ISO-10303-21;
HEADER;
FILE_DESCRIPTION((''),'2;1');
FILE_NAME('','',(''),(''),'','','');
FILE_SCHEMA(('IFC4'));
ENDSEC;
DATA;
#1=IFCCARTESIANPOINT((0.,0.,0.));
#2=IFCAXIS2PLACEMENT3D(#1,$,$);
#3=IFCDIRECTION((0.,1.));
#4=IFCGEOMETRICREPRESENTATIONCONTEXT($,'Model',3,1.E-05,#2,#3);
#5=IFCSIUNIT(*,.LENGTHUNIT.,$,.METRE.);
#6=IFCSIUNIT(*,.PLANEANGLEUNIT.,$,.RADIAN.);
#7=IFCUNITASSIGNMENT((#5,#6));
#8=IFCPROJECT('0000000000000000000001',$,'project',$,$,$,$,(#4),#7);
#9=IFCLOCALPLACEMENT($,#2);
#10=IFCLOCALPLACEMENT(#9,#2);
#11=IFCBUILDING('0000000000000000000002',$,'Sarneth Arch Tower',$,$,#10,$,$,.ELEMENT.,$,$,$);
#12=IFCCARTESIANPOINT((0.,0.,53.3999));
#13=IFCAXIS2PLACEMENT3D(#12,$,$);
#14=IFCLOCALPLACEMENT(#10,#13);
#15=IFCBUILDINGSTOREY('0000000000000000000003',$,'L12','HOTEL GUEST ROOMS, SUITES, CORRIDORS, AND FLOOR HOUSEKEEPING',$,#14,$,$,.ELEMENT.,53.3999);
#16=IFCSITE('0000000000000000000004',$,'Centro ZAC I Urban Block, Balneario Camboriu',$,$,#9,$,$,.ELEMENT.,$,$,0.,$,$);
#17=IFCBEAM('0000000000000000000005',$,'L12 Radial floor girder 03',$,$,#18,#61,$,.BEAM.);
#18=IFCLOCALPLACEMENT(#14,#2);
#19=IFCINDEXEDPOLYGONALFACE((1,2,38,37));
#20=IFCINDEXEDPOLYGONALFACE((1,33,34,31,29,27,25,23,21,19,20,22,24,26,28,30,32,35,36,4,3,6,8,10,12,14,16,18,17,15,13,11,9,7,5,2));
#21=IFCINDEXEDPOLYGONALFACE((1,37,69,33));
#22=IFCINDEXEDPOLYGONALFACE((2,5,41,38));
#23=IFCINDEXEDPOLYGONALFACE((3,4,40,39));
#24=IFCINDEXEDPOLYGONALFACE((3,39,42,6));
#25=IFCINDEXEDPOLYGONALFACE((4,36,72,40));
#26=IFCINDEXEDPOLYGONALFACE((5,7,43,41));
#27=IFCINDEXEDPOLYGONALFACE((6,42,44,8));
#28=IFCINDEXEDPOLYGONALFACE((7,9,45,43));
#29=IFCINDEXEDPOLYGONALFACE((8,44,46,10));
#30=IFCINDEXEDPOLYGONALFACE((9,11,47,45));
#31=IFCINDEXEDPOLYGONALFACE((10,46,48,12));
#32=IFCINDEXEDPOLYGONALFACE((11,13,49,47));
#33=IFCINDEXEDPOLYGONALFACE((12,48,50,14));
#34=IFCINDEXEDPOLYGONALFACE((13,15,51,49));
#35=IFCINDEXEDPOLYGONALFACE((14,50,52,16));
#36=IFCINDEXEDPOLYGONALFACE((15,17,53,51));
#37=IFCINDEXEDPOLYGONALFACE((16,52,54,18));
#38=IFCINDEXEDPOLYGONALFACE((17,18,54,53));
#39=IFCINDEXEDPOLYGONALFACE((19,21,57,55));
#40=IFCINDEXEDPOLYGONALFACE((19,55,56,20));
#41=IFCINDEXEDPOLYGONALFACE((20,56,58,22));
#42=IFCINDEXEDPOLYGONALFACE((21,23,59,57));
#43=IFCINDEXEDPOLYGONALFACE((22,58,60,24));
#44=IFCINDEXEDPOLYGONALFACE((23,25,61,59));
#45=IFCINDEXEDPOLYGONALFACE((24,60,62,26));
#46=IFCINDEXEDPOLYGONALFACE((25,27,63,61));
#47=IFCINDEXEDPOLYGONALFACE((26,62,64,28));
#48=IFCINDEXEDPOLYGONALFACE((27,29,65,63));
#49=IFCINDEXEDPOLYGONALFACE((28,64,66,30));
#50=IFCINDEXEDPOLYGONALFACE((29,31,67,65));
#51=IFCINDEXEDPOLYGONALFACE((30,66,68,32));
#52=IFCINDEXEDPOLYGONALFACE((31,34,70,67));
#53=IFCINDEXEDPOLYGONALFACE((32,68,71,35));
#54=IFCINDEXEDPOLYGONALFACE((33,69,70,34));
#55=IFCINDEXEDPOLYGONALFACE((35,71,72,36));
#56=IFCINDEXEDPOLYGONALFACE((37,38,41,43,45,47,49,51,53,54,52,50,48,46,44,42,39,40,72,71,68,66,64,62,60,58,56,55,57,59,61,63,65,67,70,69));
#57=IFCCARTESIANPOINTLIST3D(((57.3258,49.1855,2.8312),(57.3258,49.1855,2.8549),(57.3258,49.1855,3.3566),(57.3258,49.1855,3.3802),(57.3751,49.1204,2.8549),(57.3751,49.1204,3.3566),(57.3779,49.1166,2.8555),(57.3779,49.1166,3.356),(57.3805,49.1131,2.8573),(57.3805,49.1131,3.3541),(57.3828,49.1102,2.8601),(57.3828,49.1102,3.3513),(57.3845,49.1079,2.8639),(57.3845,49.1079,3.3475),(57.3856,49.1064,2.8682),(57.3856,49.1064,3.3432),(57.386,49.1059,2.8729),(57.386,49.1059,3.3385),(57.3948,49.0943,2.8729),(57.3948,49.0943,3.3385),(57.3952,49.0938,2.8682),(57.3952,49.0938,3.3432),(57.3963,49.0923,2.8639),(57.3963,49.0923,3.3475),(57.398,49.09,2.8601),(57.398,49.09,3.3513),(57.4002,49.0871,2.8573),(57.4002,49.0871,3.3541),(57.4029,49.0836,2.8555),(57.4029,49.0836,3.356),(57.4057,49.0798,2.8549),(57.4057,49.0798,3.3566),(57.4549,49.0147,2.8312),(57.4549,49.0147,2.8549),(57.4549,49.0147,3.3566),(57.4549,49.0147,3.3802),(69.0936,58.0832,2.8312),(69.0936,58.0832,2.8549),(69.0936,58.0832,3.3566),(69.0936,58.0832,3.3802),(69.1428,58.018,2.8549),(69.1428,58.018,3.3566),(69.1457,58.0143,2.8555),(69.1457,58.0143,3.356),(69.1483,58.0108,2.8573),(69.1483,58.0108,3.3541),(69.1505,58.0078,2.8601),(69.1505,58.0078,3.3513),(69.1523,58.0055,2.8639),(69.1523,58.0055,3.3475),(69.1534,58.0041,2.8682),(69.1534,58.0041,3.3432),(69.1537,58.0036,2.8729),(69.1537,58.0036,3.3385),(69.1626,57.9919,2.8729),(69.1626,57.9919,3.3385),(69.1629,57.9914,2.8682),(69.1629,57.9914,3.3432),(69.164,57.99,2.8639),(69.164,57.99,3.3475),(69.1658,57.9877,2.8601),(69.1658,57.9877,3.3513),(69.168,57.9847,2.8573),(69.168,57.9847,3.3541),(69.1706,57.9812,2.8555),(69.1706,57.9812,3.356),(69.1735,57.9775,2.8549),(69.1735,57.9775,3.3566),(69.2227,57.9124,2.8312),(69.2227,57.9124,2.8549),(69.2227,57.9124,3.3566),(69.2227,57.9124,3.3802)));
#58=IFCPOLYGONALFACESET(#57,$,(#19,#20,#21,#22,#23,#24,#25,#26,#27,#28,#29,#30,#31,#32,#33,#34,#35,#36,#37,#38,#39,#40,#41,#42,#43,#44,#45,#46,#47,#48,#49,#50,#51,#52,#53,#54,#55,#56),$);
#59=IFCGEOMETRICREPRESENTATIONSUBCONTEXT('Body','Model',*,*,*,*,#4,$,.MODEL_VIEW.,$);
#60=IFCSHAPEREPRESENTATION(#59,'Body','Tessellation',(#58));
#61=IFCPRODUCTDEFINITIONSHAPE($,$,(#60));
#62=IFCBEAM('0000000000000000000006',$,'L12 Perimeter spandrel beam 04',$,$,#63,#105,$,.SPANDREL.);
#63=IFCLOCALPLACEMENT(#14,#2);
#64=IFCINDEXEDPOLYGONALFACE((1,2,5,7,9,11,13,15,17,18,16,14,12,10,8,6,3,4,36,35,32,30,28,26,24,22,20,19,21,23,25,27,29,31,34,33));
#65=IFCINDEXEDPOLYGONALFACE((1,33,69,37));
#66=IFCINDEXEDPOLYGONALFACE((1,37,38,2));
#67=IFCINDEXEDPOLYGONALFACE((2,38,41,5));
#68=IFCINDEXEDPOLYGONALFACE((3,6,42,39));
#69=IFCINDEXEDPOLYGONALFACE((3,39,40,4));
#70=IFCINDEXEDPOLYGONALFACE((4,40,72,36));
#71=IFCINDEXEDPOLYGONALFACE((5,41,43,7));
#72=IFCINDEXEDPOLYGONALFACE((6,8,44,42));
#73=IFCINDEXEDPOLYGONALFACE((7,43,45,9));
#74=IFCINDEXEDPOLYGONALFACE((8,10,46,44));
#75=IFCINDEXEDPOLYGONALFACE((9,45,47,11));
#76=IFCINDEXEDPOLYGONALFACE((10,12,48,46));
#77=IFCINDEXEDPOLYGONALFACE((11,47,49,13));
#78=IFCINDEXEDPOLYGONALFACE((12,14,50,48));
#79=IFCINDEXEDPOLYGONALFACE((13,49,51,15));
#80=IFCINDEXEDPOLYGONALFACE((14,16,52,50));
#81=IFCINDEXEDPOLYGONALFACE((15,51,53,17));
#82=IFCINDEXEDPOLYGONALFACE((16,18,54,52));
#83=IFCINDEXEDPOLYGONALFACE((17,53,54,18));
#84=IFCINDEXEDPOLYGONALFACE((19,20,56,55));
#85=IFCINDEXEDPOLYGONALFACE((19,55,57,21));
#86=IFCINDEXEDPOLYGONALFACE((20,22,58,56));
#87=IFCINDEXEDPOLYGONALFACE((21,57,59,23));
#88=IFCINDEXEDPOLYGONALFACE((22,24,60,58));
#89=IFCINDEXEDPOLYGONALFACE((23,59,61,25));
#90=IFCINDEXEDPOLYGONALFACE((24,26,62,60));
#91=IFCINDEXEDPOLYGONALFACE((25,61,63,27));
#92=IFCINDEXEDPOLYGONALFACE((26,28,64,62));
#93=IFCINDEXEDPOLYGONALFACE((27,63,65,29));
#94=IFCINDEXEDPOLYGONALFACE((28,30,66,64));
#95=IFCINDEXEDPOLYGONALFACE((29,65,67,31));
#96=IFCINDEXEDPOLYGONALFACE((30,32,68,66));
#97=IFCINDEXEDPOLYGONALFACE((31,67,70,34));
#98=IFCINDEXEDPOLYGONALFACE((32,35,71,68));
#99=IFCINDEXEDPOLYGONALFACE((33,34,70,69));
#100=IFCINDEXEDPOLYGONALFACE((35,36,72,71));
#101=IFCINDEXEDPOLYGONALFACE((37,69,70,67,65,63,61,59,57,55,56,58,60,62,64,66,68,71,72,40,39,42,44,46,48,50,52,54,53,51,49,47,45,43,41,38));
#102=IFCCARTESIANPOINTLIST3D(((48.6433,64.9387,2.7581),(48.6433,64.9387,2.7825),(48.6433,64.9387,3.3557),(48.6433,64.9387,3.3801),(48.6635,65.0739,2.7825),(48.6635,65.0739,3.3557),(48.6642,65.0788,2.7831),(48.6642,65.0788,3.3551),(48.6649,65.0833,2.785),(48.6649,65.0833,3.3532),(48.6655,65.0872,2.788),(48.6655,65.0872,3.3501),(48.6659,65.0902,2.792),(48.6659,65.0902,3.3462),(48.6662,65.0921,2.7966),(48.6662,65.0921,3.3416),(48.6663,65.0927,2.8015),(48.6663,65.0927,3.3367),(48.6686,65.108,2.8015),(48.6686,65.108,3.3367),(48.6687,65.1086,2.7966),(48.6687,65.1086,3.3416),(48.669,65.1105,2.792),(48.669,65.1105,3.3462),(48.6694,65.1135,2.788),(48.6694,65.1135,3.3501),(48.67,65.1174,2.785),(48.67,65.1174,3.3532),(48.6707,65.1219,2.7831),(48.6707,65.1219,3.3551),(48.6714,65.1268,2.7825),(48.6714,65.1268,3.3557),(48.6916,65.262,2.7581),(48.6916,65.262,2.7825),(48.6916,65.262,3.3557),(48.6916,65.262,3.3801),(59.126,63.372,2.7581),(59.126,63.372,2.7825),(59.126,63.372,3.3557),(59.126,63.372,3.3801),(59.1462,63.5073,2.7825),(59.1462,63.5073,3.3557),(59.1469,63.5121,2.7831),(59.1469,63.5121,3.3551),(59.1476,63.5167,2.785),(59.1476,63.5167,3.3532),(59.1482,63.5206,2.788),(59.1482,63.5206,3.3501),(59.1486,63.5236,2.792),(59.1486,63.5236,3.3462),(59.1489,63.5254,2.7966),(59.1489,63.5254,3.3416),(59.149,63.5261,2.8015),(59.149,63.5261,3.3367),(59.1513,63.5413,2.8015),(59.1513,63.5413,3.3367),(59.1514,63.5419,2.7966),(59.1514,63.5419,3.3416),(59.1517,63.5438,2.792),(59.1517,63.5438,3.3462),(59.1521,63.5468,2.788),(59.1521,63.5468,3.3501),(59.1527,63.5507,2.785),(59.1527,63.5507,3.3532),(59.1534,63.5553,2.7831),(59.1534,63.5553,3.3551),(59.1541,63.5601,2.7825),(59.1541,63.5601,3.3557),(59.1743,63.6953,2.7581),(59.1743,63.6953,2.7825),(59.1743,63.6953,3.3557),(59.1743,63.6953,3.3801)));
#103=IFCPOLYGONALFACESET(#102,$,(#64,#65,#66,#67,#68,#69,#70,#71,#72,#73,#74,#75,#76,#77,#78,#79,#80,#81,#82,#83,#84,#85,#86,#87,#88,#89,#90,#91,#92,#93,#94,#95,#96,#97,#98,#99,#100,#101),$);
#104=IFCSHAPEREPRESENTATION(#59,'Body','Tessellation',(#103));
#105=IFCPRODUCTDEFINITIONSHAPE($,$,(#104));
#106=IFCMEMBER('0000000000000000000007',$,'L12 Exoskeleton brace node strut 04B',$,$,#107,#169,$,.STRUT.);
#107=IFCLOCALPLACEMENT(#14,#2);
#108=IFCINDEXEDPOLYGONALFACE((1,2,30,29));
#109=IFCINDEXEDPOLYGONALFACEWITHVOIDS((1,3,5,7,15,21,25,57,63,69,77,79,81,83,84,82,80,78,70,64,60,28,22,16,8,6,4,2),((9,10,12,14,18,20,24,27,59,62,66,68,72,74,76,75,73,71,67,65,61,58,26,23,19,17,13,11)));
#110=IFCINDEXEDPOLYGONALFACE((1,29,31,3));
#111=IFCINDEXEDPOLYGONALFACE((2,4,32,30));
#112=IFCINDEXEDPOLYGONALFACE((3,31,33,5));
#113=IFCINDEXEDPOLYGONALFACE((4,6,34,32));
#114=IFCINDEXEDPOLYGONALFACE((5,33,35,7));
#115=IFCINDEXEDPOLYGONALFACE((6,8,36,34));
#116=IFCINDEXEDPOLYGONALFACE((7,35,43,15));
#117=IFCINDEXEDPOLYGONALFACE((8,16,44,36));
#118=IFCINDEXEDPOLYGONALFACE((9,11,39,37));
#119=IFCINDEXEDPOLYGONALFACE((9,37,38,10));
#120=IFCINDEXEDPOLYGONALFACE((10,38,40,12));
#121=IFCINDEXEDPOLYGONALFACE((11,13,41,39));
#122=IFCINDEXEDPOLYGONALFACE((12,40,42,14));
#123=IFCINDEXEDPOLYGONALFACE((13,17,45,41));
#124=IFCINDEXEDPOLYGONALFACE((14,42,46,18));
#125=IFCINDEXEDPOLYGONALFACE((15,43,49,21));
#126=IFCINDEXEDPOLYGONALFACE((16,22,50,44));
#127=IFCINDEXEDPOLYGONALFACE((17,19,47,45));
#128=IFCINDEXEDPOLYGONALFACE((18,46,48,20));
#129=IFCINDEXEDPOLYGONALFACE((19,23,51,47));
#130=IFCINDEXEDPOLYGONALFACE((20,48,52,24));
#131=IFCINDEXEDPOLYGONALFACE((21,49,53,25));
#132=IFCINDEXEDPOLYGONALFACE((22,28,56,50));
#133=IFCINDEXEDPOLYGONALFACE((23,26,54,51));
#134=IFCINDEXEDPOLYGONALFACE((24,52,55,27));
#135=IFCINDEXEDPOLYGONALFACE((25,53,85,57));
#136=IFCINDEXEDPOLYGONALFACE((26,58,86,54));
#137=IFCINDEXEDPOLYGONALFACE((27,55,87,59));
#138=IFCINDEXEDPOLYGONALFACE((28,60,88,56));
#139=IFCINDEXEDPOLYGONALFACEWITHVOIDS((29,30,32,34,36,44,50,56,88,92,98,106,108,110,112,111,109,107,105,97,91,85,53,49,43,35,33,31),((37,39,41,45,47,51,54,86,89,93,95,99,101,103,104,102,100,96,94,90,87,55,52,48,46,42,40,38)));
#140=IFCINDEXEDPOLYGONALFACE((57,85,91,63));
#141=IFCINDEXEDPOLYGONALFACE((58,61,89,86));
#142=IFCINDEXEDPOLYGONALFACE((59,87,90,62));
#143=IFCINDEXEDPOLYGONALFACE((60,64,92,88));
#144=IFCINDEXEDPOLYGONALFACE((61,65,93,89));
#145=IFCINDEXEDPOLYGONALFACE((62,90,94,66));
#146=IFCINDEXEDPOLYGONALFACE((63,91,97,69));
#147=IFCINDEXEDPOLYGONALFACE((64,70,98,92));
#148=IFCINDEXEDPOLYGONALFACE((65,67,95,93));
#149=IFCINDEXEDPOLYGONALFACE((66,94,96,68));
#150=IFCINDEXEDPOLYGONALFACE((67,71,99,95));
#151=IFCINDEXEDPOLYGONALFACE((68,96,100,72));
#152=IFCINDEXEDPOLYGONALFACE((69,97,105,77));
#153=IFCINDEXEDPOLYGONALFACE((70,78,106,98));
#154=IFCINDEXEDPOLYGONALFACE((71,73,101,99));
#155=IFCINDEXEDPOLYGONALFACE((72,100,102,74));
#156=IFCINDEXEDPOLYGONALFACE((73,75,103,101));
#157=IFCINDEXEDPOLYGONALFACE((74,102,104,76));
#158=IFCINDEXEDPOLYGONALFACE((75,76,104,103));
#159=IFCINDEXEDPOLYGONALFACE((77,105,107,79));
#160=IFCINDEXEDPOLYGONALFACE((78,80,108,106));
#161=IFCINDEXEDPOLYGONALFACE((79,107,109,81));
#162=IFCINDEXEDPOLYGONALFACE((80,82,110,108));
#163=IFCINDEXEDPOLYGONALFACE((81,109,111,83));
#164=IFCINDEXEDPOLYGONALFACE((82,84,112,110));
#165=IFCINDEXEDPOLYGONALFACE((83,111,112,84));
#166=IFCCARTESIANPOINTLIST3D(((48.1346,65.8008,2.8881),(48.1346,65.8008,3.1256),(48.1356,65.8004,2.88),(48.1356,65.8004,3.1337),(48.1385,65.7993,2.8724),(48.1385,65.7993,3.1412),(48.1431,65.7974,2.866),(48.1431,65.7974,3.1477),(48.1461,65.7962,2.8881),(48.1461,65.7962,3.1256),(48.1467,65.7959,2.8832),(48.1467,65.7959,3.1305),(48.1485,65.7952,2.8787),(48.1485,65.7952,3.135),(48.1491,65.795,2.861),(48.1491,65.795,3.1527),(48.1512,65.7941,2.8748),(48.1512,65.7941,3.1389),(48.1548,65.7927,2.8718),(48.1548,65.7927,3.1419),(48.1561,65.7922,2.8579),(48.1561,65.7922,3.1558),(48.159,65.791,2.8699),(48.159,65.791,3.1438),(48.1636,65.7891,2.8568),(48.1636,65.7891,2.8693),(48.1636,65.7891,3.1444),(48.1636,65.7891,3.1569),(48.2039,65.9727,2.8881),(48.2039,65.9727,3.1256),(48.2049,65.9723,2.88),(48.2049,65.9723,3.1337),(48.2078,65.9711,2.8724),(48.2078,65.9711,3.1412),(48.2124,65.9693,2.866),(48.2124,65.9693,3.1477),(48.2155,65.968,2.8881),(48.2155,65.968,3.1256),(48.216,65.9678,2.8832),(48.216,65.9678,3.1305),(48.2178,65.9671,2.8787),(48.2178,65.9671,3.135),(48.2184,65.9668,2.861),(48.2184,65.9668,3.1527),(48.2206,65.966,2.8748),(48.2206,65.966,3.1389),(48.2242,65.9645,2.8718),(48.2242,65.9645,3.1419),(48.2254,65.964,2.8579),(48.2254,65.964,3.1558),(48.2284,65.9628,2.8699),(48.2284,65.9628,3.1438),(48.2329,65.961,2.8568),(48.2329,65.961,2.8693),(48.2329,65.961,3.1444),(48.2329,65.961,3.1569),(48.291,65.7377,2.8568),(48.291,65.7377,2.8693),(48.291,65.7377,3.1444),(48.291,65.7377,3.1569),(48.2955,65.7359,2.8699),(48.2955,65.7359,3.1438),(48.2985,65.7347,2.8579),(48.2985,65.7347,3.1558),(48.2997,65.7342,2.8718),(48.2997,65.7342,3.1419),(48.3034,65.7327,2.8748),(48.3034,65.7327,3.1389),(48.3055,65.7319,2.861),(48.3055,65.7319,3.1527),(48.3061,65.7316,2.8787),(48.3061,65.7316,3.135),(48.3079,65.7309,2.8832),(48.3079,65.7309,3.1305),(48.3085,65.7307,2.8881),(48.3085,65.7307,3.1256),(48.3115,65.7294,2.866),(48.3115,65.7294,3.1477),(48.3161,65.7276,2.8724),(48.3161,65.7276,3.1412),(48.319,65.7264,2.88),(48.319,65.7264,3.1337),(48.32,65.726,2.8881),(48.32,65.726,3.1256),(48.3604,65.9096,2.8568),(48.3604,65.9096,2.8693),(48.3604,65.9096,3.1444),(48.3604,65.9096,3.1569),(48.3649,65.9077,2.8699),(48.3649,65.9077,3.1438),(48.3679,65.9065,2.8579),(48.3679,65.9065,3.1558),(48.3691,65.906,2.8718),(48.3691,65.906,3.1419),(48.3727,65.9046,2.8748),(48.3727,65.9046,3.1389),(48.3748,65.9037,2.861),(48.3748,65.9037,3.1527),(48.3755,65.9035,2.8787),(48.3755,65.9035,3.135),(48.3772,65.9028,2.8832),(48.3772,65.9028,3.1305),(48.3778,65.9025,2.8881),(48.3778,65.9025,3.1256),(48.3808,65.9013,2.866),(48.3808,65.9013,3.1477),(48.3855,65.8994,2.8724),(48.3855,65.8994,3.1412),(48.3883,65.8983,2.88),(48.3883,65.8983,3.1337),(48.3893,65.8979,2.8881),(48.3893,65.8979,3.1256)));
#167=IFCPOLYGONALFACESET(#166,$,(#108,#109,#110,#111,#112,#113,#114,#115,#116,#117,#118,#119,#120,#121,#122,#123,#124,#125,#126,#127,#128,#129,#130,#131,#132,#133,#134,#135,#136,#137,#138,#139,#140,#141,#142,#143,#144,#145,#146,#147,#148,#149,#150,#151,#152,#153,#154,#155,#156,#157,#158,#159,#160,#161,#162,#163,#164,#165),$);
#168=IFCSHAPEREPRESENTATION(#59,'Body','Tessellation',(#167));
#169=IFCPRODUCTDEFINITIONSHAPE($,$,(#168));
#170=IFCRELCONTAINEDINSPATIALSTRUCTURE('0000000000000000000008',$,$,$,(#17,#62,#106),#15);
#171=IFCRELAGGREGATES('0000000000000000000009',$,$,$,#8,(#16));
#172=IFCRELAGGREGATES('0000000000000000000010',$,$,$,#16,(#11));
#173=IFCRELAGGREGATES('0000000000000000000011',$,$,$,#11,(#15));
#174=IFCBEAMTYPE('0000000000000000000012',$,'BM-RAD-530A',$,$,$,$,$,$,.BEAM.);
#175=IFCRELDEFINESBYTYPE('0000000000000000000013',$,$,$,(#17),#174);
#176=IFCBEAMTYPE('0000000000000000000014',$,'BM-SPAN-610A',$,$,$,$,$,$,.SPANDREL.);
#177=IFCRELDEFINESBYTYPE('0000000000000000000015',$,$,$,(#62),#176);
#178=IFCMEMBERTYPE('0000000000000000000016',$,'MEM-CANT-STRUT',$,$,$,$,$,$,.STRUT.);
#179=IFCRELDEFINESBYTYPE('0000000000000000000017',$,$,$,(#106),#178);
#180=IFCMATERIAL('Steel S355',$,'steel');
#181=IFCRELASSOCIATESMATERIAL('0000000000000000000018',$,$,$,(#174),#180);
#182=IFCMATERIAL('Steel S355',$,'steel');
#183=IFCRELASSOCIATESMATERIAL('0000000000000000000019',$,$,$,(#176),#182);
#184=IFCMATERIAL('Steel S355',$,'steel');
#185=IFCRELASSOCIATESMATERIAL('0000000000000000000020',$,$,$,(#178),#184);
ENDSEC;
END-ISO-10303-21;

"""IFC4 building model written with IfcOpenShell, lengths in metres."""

from ifc_helpers import new_model, si_unit, direction, frame, origin, origin_2d, place, context, subcontext, project, spatial, hollow_rectangle, i_section, extrude, material, material_profile, profile_set, type_object, element, save


model = new_model("IFC4")

# Units and contexts
model_context = context("Model", 3, precision=1e-05, world=origin(), true_north=direction((0.0, 1.0)))
body_context = subcontext(model_context, "Body", "Model", "MODEL_VIEW")
ifc_project = project(units=[si_unit("LENGTHUNIT", "METRE"), si_unit("PLANEANGLEUNIT", "RADIAN")], contexts=[model_context])

# Site, building, storey
site_placement = place(None, origin())
site = spatial("IfcSite", under=ifc_project, at=site_placement, Name="Centro ZAC I Urban Block, Balneario Camboriu", CompositionType="ELEMENT", RefElevation=0.0)
building_placement = place(site_placement, origin())
building = spatial("IfcBuilding", under=site, at=building_placement, Name="Sarneth Arch Tower", CompositionType="ELEMENT")
storey_placement = place(building_placement, frame((0.0, 0.0, 53.3999)))
storey = spatial("IfcBuildingStorey", under=building, at=storey_placement, Name="L12", Description="HOTEL GUEST ROOMS, SUITES, CORRIDORS, AND FLOOR HOUSEKEEPING", CompositionType="ELEMENT", Elevation=53.3999)

# Beams
ifc_material_1 = material(Name="Steel S355", Category="steel")
ifc_material_profile_1 = material_profile(ifc_material_1, i_section(OverallWidth=0.2141, OverallDepth=0.5491, WebThickness=0.0146, FlangeThickness=0.0237, FilletRadius=0.0181, at=origin_2d()), Name="W530x138")
ifc_profile_set_1 = profile_set([ifc_material_profile_1], Name="Steel S355")
beam_type_1 = type_object("IfcBeamType", Name="BM-RAD-530A", PredefinedType="BEAM", material=ifc_profile_set_1)
beam_1_placement = place(storey_placement, frame((57.3904, 49.1001, 3.1057), z_axis=(0.797657, 0.603112, 0.0), x_axis=(-0.603112, 0.797657, 0.0)))
element("IfcBeam", 1, at=beam_1_placement, inside=storey, type_object=beam_type_1, Name="L12 Radial floor girder 03", PredefinedType="BEAM", context=body_context, shape_type="SweptSolid", body=[
    extrude(i_section(OverallWidth=0.2141, OverallDepth=0.5491, WebThickness=0.0146, FlangeThickness=0.0237, FilletRadius=0.0181, at=origin_2d()), origin(), (0.0, 0.0, 1.0), 14.7529),
])
ifc_material_2 = material(Name="Steel S355", Category="steel")
ifc_material_profile_2 = material_profile(ifc_material_2, i_section(OverallWidth=0.3269, OverallDepth=0.6221, WebThickness=0.0154, FlangeThickness=0.0244, FilletRadius=0.019, at=origin_2d()), Name="W610x195")
ifc_profile_set_2 = profile_set([ifc_material_profile_2], Name="Steel S355")
beam_type_2 = type_object("IfcBeamType", Name="BM-SPAN-610A", PredefinedType="SPANDREL", material=ifc_profile_set_2)
beam_2_placement = place(storey_placement, frame((59.1501, 63.5337, 3.0691), z_axis=(-0.989016, 0.14781, 0.0), x_axis=(-0.14781, -0.989016, 0.0)))
element("IfcBeam", 2, at=beam_2_placement, inside=storey, type_object=beam_type_2, Name="L12 Perimeter spandrel beam 04", PredefinedType="SPANDREL", context=body_context, shape_type="SweptSolid", body=[
    extrude(i_section(OverallWidth=0.3269, OverallDepth=0.6221, WebThickness=0.0154, FlangeThickness=0.0244, FilletRadius=0.019, at=origin_2d()), origin(), (0.0, 0.0, 1.0), 10.5991),
])

# Member
ifc_material_3 = material(Name="Steel S355", Category="steel")
ifc_material_profile_3 = material_profile(ifc_material_3, hollow_rectangle(XDim=0.2, YDim=0.3, WallThickness=0.0125, InnerFilletRadius=0.0188, OuterFilletRadius=0.0312, at=origin_2d()), Name="RHS300x200x12.5")
ifc_profile_set_3 = profile_set([ifc_material_profile_3], Name="Steel S355")
member_type_1 = type_object("IfcMemberType", Name="MEM-CANT-STRUT", PredefinedType="STRUT", material=ifc_profile_set_3)
member_1_placement = place(storey_placement, frame((48.2273, 65.7634, 3.0068), z_axis=(0.374115, 0.927383, 0.0), x_axis=(-0.927383, 0.374115, 0.0)))
element("IfcMember", 3, at=member_1_placement, inside=storey, type_object=member_type_1, Name="L12 Exoskeleton brace node strut 04B", PredefinedType="STRUT", context=body_context, shape_type="SweptSolid", body=[
    extrude(hollow_rectangle(XDim=0.2, YDim=0.3, WallThickness=0.0125, InnerFilletRadius=0.0188, OuterFilletRadius=0.0312, at=origin_2d()), origin(), (0.0, 0.0, 1.0), 0.1853),
])

save(model, "model.ifc")
